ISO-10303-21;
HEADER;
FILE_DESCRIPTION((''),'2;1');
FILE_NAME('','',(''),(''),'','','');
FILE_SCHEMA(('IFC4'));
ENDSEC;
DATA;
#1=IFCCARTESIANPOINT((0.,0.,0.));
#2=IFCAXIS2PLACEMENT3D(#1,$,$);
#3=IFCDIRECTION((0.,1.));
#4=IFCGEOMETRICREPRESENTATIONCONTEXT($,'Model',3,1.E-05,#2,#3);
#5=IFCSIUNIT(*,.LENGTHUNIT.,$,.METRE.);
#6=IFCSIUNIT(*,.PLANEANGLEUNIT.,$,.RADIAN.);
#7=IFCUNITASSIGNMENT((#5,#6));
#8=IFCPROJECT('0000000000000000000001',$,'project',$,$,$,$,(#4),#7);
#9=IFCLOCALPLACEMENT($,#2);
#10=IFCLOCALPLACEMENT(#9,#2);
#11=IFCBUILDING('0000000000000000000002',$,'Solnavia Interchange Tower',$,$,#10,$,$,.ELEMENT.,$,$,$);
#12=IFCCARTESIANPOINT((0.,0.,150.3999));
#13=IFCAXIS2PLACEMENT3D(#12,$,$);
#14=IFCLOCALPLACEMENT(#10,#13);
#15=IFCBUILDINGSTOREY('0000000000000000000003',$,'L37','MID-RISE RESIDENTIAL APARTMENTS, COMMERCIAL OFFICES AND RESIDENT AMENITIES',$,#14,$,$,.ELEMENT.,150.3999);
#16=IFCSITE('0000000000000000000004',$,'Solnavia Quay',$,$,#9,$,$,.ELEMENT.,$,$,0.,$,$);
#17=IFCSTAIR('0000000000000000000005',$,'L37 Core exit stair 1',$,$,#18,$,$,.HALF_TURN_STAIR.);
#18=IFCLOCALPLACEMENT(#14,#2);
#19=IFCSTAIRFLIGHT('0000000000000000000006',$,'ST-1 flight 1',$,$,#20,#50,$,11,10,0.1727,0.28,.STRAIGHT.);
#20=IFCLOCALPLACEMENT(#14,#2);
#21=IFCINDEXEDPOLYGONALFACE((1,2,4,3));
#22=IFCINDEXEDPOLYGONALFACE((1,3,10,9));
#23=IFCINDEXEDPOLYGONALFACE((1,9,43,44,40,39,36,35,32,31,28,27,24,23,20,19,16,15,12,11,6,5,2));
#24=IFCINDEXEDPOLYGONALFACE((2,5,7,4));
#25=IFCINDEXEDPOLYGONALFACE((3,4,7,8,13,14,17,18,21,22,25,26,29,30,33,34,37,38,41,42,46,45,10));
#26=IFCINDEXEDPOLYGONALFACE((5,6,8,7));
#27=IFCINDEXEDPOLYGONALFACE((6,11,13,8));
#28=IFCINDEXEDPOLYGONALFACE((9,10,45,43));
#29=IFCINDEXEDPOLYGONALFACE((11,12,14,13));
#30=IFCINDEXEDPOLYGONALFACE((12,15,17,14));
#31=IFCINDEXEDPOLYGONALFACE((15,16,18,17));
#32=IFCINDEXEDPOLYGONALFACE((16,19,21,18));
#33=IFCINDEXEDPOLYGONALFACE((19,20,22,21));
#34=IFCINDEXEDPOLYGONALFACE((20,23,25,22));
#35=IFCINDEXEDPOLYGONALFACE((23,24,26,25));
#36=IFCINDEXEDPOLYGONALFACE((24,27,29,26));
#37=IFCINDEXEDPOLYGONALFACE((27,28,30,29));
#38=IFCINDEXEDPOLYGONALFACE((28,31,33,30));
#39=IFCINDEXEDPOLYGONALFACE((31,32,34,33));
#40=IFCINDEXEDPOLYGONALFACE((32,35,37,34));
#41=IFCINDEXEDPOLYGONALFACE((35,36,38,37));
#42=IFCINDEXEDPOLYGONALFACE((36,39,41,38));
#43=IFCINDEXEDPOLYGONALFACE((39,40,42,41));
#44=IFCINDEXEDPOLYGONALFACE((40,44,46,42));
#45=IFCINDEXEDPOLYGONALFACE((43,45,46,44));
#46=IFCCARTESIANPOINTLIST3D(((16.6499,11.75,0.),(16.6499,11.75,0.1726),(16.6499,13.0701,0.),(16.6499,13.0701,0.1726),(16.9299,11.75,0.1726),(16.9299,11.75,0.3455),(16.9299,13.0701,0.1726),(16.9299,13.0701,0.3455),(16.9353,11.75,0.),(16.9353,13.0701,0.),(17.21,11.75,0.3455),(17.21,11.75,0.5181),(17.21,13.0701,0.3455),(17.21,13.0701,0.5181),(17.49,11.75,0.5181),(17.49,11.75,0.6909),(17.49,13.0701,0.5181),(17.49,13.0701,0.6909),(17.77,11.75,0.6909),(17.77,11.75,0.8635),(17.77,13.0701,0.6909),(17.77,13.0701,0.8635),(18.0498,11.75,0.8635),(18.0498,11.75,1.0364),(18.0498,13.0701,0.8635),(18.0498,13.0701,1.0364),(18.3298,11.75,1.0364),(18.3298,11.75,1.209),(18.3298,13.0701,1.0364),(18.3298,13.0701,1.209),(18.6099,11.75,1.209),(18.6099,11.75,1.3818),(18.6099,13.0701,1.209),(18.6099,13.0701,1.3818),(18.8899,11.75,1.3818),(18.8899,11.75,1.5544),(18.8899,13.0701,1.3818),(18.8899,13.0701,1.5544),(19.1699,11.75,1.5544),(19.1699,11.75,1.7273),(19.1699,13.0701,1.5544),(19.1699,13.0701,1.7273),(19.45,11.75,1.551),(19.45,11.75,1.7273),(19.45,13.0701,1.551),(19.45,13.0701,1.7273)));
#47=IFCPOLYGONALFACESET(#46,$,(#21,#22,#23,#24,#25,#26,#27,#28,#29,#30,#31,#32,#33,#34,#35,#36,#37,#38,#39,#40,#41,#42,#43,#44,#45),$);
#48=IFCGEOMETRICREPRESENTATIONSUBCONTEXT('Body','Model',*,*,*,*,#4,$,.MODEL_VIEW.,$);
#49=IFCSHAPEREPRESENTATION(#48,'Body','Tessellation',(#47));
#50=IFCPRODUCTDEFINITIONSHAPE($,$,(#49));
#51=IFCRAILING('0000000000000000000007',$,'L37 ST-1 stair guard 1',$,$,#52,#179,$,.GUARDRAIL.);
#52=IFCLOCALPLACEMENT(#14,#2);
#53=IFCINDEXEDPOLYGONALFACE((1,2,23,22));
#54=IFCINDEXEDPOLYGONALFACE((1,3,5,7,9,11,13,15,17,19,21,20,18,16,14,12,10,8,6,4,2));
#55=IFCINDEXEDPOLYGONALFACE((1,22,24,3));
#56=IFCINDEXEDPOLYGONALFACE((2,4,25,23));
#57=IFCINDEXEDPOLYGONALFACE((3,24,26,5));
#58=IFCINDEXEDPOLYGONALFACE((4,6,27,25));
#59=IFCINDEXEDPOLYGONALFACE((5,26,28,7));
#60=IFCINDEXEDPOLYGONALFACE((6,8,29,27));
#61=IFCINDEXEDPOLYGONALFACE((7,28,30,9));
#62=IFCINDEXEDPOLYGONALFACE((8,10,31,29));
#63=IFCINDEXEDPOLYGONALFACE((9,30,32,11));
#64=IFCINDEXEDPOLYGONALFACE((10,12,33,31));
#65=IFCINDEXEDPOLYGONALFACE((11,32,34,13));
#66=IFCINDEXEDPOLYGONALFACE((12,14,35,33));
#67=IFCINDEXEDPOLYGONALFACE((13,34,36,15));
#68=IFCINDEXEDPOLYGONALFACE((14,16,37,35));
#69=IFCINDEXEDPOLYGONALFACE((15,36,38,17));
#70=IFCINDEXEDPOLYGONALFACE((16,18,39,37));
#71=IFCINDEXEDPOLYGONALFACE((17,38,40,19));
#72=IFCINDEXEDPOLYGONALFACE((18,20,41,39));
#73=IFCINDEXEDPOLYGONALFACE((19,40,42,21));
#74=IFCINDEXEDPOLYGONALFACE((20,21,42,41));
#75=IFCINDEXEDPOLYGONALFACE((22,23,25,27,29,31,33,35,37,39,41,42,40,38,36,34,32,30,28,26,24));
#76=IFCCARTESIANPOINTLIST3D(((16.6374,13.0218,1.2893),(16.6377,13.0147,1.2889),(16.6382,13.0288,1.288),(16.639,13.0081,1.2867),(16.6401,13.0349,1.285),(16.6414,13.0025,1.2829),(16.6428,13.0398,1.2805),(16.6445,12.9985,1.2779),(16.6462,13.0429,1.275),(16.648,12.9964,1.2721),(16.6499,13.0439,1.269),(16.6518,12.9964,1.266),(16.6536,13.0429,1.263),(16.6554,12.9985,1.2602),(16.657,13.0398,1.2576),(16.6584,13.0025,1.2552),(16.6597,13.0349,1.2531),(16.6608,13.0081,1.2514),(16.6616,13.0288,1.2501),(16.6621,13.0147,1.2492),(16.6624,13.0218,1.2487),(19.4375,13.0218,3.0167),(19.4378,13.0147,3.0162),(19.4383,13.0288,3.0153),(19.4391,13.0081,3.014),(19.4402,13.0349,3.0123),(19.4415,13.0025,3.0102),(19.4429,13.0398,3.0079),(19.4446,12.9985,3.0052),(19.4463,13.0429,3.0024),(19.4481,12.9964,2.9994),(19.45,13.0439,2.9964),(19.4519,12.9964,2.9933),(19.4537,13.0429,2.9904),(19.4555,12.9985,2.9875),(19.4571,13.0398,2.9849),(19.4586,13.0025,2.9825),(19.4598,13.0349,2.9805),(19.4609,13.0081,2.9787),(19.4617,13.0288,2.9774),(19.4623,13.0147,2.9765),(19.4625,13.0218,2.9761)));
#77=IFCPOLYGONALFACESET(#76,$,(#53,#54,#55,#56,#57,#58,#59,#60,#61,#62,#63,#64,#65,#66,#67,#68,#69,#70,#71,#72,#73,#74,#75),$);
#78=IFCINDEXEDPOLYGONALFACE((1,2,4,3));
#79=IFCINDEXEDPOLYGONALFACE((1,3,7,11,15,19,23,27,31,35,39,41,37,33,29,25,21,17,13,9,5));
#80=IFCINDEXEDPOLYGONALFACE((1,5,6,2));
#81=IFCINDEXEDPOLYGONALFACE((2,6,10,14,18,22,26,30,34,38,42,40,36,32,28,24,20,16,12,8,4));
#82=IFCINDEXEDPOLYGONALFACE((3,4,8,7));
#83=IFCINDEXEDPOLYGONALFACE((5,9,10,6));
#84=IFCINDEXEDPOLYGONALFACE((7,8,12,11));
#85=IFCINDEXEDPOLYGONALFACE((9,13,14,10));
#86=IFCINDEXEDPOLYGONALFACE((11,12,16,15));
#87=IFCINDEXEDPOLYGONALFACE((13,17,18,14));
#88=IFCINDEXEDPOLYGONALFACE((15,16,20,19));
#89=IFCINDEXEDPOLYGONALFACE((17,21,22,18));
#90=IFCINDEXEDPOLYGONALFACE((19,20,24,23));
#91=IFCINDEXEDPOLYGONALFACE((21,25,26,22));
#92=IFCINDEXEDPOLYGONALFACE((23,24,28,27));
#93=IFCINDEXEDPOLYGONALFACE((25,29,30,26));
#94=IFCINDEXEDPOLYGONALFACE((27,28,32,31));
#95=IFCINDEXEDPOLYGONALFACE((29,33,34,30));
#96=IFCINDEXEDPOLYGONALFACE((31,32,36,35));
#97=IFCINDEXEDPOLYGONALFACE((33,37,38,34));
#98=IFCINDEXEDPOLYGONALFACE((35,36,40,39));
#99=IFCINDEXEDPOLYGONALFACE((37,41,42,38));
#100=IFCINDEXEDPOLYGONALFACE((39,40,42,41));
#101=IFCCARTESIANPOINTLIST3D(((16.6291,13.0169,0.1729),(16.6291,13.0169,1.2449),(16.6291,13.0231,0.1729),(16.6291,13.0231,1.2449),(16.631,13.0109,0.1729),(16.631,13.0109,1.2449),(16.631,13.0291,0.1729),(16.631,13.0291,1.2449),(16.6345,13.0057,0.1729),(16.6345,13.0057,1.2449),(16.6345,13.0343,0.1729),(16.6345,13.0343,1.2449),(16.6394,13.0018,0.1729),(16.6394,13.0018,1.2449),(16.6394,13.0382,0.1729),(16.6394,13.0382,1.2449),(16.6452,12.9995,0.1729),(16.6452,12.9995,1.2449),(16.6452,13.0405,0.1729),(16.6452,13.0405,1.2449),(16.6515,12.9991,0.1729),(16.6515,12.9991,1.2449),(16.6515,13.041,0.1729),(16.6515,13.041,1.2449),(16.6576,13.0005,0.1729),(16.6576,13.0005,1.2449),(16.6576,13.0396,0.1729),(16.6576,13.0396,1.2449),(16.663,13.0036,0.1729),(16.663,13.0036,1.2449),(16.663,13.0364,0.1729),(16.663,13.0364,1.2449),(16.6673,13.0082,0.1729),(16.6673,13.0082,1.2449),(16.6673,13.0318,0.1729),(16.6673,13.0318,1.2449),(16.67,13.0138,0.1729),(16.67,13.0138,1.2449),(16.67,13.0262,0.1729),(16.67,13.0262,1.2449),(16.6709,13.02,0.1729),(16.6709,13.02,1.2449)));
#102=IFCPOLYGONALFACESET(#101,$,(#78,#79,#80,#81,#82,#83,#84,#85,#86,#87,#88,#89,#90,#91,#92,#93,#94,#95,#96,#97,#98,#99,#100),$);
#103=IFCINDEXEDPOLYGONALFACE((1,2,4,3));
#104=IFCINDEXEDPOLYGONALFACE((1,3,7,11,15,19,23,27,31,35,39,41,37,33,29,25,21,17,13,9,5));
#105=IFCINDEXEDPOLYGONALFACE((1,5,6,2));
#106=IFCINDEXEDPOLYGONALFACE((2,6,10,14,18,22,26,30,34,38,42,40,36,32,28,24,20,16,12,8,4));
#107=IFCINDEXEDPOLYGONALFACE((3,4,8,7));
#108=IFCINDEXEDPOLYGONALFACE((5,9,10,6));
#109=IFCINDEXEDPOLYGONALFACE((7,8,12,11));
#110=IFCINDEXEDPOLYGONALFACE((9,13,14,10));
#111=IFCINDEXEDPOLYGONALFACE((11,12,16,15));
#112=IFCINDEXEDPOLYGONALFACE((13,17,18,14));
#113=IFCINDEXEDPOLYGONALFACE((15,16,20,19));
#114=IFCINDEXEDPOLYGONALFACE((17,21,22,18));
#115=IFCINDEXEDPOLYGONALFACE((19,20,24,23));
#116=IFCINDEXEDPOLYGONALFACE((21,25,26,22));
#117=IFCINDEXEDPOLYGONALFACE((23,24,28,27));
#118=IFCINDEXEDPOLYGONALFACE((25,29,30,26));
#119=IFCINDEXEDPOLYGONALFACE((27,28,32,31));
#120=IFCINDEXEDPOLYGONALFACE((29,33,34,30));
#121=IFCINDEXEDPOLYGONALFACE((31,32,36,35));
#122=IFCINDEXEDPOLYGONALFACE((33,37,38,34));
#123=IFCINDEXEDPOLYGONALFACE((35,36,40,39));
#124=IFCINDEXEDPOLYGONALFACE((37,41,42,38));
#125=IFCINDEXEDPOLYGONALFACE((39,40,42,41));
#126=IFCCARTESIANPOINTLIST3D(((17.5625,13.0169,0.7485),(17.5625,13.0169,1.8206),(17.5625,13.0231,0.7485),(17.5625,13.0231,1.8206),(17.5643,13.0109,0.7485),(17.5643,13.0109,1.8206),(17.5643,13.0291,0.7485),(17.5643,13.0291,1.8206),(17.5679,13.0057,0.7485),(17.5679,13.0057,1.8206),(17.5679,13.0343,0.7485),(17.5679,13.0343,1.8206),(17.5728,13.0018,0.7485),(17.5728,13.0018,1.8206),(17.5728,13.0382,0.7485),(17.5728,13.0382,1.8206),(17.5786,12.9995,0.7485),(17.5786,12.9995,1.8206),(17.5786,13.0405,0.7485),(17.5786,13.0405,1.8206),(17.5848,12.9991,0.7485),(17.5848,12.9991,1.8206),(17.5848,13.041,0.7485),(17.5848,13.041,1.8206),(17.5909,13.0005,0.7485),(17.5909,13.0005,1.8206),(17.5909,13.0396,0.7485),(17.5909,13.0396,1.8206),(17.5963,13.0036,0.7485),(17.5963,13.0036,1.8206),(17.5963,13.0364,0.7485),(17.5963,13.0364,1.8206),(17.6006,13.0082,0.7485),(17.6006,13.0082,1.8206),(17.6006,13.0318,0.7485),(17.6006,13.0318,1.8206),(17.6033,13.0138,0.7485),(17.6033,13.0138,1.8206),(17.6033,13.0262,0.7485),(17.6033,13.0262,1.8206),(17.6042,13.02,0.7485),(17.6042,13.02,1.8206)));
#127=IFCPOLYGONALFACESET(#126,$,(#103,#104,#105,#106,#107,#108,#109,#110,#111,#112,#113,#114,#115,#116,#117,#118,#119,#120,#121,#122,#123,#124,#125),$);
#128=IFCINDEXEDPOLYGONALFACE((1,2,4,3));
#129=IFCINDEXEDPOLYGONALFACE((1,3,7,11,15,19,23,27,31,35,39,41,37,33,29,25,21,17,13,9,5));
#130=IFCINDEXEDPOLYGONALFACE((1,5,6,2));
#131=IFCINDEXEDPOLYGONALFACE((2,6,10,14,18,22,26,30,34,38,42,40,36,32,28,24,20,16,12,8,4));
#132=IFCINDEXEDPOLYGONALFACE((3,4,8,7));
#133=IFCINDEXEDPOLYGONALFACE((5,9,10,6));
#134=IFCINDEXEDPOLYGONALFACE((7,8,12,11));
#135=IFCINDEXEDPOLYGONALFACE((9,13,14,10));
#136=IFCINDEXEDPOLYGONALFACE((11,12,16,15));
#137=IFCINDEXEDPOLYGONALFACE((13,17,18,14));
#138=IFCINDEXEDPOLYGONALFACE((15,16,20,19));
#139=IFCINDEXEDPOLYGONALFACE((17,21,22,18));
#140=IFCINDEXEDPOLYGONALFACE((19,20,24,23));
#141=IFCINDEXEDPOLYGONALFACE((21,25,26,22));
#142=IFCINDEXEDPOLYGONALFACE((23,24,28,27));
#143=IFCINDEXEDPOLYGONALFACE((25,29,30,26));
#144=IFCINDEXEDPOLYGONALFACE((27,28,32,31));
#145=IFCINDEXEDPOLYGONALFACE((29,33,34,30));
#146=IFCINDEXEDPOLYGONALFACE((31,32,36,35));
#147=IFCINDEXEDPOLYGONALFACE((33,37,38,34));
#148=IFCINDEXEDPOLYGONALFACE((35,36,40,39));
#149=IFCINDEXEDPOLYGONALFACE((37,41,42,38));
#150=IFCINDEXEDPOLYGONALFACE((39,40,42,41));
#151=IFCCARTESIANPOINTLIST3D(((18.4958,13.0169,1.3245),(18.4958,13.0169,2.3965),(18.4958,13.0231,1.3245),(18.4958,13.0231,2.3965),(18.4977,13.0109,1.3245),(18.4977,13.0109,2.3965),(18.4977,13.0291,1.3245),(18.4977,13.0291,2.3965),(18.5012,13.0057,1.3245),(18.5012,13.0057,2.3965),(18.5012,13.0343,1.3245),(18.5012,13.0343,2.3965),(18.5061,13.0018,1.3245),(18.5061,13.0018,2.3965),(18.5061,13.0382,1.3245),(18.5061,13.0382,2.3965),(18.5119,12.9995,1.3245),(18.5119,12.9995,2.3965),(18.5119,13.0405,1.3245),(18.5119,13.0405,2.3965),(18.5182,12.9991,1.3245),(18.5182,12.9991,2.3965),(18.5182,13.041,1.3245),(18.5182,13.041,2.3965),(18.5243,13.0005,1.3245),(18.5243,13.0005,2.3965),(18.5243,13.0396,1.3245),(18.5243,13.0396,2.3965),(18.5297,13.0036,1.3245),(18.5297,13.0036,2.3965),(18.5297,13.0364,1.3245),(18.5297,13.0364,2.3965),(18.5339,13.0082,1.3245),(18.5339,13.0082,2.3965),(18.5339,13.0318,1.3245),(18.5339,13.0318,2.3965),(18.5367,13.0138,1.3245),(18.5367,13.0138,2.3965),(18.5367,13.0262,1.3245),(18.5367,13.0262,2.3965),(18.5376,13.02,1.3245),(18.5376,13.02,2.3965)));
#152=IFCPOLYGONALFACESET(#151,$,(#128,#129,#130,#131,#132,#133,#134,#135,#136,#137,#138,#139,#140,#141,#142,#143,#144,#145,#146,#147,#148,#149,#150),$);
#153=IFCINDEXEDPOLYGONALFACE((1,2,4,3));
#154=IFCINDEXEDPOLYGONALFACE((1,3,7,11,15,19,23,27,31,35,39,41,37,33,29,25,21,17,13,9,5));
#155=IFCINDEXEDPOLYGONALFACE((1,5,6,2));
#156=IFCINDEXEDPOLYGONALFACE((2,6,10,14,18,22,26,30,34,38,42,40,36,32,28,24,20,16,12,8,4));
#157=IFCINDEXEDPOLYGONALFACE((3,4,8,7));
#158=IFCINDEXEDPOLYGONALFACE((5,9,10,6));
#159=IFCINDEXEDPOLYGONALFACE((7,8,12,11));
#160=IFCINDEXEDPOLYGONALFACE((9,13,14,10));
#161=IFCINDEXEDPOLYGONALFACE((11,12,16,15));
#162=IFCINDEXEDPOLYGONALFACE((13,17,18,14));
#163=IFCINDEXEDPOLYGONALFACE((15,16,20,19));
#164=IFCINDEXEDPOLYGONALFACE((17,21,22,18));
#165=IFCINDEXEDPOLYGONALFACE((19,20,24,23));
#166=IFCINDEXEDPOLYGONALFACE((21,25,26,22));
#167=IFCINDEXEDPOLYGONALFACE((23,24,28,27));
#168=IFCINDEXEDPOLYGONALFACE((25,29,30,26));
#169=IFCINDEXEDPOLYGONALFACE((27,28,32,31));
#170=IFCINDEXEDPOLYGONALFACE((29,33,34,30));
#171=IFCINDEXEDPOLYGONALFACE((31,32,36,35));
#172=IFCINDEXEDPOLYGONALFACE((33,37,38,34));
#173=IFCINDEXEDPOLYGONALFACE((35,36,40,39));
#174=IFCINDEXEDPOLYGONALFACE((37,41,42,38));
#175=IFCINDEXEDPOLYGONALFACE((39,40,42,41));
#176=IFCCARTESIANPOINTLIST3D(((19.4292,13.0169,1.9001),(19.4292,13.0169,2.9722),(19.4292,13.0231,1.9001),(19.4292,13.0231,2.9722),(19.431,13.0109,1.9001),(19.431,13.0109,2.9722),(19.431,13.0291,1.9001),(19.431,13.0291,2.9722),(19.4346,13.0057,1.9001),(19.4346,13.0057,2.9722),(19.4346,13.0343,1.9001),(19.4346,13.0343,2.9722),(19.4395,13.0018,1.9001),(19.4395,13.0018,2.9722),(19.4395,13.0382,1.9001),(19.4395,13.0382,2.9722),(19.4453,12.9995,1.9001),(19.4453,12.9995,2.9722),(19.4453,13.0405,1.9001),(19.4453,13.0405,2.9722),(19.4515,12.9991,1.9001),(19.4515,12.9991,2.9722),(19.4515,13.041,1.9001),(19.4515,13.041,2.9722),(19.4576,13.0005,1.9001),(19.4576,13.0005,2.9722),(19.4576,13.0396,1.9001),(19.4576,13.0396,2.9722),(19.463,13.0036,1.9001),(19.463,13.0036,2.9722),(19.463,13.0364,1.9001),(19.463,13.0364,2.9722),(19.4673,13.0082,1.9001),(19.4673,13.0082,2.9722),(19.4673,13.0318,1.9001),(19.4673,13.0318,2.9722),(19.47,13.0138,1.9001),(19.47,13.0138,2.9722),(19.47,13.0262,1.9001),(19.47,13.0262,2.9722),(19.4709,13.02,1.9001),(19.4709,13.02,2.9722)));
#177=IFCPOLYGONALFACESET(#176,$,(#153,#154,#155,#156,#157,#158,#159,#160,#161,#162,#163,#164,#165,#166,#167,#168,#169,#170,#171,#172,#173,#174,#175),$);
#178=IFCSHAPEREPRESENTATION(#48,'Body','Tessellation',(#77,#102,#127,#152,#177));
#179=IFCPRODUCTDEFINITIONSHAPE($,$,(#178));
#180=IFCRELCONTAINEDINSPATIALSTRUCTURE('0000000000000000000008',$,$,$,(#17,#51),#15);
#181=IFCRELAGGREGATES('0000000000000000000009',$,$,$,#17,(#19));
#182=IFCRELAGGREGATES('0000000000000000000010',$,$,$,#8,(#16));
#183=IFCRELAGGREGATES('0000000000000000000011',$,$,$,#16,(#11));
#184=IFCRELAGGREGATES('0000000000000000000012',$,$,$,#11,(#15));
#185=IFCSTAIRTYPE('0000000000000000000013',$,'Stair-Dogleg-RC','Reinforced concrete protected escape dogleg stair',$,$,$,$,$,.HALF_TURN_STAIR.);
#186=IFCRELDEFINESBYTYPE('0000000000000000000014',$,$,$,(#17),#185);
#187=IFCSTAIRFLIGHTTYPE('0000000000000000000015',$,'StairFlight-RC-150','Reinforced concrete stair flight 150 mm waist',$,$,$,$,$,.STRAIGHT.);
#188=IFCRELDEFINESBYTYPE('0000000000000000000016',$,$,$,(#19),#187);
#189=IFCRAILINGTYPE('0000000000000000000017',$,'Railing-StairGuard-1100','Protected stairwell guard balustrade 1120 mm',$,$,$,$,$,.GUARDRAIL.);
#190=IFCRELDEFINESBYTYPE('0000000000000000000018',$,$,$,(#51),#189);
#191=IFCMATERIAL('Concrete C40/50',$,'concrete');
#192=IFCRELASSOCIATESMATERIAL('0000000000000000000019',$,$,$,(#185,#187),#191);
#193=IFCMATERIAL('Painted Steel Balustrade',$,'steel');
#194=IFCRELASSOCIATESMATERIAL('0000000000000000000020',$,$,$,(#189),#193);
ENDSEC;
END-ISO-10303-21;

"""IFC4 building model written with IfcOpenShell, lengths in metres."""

from ifc_helpers import new_model, si_unit, direction, frame, origin, origin_2d, place, context, subcontext, project, spatial, polyline, circle, outline, extrude, material, type_object, element, aggregate, save


model = new_model("IFC4")

# Units and contexts
model_context = context("Model", 3, precision=1e-05, world=origin(), true_north=direction((0.0, 1.0)))
body_context = subcontext(model_context, "Body", "Model", "MODEL_VIEW")
ifc_project = project(units=[si_unit("LENGTHUNIT", "METRE"), si_unit("PLANEANGLEUNIT", "RADIAN")], contexts=[model_context])

# Site, building, storey
site_placement = place(None, origin())
site = spatial("IfcSite", under=ifc_project, at=site_placement, Name="Solnavia Quay", CompositionType="ELEMENT", RefElevation=0.0)
building_placement = place(site_placement, origin())
building = spatial("IfcBuilding", under=site, at=building_placement, Name="Solnavia Interchange Tower", CompositionType="ELEMENT")
storey_placement = place(building_placement, frame((0.0, 0.0, 150.3999)))
storey = spatial("IfcBuildingStorey", under=building, at=storey_placement, Name="L37", Description="MID-RISE RESIDENTIAL APARTMENTS, COMMERCIAL OFFICES AND RESIDENT AMENITIES", CompositionType="ELEMENT", Elevation=150.3999)

# Shared definitions
ifc_material_1 = material(Name="Concrete C40/50", Category="concrete")

# Stair, stair flight
stair_type = type_object("IfcStairType", Name="Stair-Dogleg-RC", Description="Reinforced concrete protected escape dogleg stair", PredefinedType="HALF_TURN_STAIR", material=ifc_material_1)
stair_placement = place(storey_placement, origin())
stair = element("IfcStair", 1, at=stair_placement, inside=storey, type_object=stair_type, Name="L37 Core exit stair 1", PredefinedType="HALF_TURN_STAIR")
stair_flight_type = type_object("IfcStairFlightType", Name="StairFlight-RC-150", Description="Reinforced concrete stair flight 150 mm waist", PredefinedType="STRAIGHT", material=ifc_material_1)
stair_flight_placement = place(storey_placement, frame((16.6499, 12.4099, 0.0), z_axis=(0.0, 0.0, 1.0), x_axis=(1.0, 0.0, 0.0)))
stair_flight = element("IfcStairFlight", 2, at=stair_flight_placement, type_object=stair_flight_type, Name="ST-1 flight 1", NumberOfRisers=11, NumberOfTreads=10, PredefinedType="STRAIGHT", RiserHeight=0.1727, TreadLength=0.28, context=body_context, shape_type="SweptSolid", body=[
    extrude(outline(polyline([(0.0, 0.0), (0.0, 0.1726), (0.28, 0.1726), (0.28, 0.3455), (0.5601, 0.3455), (0.5601, 0.5181), (0.8401, 0.5181), (0.8401, 0.6909), (1.1201, 0.6909), (1.1201, 0.8635), (1.3999, 0.8635), (1.3999, 1.0364), (1.6799, 1.0364), (1.6799, 1.209), (1.96, 1.209), (1.96, 1.3818), (2.24, 1.3818), (2.24, 1.5544), (2.52, 1.5544), (2.52, 1.7273), (2.8, 1.7273), (2.8, 1.8999), (2.8, 1.551), (0.2854, 0.0), (0.0, 0.0)])), frame((0.0, 0.6602, 0.0), z_axis=(0.0, -1.0, 0.0), x_axis=(1.0, 0.0, 0.0)), (0.0, 0.0, 1.0), 1.3201),
])
aggregate(stair, [stair_flight])

# Railing
ifc_material_2 = material(Name="Painted Steel Balustrade", Category="steel")
railing_type_1 = type_object("IfcRailingType", Name="Railing-StairGuard-1100", Description="Protected stairwell guard balustrade 1120 mm", PredefinedType="GUARDRAIL", material=ifc_material_2)
railing_1_placement = place(storey_placement, frame((16.6499, 13.02, 0.1729)))
element("IfcRailing", 3, at=railing_1_placement, inside=storey, type_object=railing_type_1, Name="L37 ST-1 stair guard 1", PredefinedType="GUARDRAIL", context=body_context, shape_type="SweptSolid", body=[
    extrude(circle(Radius=0.0239, at=origin_2d()), frame((0.0, 0.0, 1.0962), z_axis=(0.85109, 0.0, 0.52502), x_axis=(0.0, 1.0, 0.0)), (0.0, 0.0, 1.0), 3.29),
    extrude(circle(Radius=0.021, at=origin_2d()), origin(), (0.0, 0.0, 1.0), 1.072),
    extrude(circle(Radius=0.021, at=origin_2d()), frame((0.9333, 0.0, 0.5757)), (0.0, 0.0, 1.0), 1.072),
    extrude(circle(Radius=0.021, at=origin_2d()), frame((1.8667, 0.0, 1.1516)), (0.0, 0.0, 1.0), 1.072),
    extrude(circle(Radius=0.021, at=origin_2d()), frame((2.8, 0.0, 1.7273)), (0.0, 0.0, 1.0), 1.072),
])

save(model, "model.ifc")
